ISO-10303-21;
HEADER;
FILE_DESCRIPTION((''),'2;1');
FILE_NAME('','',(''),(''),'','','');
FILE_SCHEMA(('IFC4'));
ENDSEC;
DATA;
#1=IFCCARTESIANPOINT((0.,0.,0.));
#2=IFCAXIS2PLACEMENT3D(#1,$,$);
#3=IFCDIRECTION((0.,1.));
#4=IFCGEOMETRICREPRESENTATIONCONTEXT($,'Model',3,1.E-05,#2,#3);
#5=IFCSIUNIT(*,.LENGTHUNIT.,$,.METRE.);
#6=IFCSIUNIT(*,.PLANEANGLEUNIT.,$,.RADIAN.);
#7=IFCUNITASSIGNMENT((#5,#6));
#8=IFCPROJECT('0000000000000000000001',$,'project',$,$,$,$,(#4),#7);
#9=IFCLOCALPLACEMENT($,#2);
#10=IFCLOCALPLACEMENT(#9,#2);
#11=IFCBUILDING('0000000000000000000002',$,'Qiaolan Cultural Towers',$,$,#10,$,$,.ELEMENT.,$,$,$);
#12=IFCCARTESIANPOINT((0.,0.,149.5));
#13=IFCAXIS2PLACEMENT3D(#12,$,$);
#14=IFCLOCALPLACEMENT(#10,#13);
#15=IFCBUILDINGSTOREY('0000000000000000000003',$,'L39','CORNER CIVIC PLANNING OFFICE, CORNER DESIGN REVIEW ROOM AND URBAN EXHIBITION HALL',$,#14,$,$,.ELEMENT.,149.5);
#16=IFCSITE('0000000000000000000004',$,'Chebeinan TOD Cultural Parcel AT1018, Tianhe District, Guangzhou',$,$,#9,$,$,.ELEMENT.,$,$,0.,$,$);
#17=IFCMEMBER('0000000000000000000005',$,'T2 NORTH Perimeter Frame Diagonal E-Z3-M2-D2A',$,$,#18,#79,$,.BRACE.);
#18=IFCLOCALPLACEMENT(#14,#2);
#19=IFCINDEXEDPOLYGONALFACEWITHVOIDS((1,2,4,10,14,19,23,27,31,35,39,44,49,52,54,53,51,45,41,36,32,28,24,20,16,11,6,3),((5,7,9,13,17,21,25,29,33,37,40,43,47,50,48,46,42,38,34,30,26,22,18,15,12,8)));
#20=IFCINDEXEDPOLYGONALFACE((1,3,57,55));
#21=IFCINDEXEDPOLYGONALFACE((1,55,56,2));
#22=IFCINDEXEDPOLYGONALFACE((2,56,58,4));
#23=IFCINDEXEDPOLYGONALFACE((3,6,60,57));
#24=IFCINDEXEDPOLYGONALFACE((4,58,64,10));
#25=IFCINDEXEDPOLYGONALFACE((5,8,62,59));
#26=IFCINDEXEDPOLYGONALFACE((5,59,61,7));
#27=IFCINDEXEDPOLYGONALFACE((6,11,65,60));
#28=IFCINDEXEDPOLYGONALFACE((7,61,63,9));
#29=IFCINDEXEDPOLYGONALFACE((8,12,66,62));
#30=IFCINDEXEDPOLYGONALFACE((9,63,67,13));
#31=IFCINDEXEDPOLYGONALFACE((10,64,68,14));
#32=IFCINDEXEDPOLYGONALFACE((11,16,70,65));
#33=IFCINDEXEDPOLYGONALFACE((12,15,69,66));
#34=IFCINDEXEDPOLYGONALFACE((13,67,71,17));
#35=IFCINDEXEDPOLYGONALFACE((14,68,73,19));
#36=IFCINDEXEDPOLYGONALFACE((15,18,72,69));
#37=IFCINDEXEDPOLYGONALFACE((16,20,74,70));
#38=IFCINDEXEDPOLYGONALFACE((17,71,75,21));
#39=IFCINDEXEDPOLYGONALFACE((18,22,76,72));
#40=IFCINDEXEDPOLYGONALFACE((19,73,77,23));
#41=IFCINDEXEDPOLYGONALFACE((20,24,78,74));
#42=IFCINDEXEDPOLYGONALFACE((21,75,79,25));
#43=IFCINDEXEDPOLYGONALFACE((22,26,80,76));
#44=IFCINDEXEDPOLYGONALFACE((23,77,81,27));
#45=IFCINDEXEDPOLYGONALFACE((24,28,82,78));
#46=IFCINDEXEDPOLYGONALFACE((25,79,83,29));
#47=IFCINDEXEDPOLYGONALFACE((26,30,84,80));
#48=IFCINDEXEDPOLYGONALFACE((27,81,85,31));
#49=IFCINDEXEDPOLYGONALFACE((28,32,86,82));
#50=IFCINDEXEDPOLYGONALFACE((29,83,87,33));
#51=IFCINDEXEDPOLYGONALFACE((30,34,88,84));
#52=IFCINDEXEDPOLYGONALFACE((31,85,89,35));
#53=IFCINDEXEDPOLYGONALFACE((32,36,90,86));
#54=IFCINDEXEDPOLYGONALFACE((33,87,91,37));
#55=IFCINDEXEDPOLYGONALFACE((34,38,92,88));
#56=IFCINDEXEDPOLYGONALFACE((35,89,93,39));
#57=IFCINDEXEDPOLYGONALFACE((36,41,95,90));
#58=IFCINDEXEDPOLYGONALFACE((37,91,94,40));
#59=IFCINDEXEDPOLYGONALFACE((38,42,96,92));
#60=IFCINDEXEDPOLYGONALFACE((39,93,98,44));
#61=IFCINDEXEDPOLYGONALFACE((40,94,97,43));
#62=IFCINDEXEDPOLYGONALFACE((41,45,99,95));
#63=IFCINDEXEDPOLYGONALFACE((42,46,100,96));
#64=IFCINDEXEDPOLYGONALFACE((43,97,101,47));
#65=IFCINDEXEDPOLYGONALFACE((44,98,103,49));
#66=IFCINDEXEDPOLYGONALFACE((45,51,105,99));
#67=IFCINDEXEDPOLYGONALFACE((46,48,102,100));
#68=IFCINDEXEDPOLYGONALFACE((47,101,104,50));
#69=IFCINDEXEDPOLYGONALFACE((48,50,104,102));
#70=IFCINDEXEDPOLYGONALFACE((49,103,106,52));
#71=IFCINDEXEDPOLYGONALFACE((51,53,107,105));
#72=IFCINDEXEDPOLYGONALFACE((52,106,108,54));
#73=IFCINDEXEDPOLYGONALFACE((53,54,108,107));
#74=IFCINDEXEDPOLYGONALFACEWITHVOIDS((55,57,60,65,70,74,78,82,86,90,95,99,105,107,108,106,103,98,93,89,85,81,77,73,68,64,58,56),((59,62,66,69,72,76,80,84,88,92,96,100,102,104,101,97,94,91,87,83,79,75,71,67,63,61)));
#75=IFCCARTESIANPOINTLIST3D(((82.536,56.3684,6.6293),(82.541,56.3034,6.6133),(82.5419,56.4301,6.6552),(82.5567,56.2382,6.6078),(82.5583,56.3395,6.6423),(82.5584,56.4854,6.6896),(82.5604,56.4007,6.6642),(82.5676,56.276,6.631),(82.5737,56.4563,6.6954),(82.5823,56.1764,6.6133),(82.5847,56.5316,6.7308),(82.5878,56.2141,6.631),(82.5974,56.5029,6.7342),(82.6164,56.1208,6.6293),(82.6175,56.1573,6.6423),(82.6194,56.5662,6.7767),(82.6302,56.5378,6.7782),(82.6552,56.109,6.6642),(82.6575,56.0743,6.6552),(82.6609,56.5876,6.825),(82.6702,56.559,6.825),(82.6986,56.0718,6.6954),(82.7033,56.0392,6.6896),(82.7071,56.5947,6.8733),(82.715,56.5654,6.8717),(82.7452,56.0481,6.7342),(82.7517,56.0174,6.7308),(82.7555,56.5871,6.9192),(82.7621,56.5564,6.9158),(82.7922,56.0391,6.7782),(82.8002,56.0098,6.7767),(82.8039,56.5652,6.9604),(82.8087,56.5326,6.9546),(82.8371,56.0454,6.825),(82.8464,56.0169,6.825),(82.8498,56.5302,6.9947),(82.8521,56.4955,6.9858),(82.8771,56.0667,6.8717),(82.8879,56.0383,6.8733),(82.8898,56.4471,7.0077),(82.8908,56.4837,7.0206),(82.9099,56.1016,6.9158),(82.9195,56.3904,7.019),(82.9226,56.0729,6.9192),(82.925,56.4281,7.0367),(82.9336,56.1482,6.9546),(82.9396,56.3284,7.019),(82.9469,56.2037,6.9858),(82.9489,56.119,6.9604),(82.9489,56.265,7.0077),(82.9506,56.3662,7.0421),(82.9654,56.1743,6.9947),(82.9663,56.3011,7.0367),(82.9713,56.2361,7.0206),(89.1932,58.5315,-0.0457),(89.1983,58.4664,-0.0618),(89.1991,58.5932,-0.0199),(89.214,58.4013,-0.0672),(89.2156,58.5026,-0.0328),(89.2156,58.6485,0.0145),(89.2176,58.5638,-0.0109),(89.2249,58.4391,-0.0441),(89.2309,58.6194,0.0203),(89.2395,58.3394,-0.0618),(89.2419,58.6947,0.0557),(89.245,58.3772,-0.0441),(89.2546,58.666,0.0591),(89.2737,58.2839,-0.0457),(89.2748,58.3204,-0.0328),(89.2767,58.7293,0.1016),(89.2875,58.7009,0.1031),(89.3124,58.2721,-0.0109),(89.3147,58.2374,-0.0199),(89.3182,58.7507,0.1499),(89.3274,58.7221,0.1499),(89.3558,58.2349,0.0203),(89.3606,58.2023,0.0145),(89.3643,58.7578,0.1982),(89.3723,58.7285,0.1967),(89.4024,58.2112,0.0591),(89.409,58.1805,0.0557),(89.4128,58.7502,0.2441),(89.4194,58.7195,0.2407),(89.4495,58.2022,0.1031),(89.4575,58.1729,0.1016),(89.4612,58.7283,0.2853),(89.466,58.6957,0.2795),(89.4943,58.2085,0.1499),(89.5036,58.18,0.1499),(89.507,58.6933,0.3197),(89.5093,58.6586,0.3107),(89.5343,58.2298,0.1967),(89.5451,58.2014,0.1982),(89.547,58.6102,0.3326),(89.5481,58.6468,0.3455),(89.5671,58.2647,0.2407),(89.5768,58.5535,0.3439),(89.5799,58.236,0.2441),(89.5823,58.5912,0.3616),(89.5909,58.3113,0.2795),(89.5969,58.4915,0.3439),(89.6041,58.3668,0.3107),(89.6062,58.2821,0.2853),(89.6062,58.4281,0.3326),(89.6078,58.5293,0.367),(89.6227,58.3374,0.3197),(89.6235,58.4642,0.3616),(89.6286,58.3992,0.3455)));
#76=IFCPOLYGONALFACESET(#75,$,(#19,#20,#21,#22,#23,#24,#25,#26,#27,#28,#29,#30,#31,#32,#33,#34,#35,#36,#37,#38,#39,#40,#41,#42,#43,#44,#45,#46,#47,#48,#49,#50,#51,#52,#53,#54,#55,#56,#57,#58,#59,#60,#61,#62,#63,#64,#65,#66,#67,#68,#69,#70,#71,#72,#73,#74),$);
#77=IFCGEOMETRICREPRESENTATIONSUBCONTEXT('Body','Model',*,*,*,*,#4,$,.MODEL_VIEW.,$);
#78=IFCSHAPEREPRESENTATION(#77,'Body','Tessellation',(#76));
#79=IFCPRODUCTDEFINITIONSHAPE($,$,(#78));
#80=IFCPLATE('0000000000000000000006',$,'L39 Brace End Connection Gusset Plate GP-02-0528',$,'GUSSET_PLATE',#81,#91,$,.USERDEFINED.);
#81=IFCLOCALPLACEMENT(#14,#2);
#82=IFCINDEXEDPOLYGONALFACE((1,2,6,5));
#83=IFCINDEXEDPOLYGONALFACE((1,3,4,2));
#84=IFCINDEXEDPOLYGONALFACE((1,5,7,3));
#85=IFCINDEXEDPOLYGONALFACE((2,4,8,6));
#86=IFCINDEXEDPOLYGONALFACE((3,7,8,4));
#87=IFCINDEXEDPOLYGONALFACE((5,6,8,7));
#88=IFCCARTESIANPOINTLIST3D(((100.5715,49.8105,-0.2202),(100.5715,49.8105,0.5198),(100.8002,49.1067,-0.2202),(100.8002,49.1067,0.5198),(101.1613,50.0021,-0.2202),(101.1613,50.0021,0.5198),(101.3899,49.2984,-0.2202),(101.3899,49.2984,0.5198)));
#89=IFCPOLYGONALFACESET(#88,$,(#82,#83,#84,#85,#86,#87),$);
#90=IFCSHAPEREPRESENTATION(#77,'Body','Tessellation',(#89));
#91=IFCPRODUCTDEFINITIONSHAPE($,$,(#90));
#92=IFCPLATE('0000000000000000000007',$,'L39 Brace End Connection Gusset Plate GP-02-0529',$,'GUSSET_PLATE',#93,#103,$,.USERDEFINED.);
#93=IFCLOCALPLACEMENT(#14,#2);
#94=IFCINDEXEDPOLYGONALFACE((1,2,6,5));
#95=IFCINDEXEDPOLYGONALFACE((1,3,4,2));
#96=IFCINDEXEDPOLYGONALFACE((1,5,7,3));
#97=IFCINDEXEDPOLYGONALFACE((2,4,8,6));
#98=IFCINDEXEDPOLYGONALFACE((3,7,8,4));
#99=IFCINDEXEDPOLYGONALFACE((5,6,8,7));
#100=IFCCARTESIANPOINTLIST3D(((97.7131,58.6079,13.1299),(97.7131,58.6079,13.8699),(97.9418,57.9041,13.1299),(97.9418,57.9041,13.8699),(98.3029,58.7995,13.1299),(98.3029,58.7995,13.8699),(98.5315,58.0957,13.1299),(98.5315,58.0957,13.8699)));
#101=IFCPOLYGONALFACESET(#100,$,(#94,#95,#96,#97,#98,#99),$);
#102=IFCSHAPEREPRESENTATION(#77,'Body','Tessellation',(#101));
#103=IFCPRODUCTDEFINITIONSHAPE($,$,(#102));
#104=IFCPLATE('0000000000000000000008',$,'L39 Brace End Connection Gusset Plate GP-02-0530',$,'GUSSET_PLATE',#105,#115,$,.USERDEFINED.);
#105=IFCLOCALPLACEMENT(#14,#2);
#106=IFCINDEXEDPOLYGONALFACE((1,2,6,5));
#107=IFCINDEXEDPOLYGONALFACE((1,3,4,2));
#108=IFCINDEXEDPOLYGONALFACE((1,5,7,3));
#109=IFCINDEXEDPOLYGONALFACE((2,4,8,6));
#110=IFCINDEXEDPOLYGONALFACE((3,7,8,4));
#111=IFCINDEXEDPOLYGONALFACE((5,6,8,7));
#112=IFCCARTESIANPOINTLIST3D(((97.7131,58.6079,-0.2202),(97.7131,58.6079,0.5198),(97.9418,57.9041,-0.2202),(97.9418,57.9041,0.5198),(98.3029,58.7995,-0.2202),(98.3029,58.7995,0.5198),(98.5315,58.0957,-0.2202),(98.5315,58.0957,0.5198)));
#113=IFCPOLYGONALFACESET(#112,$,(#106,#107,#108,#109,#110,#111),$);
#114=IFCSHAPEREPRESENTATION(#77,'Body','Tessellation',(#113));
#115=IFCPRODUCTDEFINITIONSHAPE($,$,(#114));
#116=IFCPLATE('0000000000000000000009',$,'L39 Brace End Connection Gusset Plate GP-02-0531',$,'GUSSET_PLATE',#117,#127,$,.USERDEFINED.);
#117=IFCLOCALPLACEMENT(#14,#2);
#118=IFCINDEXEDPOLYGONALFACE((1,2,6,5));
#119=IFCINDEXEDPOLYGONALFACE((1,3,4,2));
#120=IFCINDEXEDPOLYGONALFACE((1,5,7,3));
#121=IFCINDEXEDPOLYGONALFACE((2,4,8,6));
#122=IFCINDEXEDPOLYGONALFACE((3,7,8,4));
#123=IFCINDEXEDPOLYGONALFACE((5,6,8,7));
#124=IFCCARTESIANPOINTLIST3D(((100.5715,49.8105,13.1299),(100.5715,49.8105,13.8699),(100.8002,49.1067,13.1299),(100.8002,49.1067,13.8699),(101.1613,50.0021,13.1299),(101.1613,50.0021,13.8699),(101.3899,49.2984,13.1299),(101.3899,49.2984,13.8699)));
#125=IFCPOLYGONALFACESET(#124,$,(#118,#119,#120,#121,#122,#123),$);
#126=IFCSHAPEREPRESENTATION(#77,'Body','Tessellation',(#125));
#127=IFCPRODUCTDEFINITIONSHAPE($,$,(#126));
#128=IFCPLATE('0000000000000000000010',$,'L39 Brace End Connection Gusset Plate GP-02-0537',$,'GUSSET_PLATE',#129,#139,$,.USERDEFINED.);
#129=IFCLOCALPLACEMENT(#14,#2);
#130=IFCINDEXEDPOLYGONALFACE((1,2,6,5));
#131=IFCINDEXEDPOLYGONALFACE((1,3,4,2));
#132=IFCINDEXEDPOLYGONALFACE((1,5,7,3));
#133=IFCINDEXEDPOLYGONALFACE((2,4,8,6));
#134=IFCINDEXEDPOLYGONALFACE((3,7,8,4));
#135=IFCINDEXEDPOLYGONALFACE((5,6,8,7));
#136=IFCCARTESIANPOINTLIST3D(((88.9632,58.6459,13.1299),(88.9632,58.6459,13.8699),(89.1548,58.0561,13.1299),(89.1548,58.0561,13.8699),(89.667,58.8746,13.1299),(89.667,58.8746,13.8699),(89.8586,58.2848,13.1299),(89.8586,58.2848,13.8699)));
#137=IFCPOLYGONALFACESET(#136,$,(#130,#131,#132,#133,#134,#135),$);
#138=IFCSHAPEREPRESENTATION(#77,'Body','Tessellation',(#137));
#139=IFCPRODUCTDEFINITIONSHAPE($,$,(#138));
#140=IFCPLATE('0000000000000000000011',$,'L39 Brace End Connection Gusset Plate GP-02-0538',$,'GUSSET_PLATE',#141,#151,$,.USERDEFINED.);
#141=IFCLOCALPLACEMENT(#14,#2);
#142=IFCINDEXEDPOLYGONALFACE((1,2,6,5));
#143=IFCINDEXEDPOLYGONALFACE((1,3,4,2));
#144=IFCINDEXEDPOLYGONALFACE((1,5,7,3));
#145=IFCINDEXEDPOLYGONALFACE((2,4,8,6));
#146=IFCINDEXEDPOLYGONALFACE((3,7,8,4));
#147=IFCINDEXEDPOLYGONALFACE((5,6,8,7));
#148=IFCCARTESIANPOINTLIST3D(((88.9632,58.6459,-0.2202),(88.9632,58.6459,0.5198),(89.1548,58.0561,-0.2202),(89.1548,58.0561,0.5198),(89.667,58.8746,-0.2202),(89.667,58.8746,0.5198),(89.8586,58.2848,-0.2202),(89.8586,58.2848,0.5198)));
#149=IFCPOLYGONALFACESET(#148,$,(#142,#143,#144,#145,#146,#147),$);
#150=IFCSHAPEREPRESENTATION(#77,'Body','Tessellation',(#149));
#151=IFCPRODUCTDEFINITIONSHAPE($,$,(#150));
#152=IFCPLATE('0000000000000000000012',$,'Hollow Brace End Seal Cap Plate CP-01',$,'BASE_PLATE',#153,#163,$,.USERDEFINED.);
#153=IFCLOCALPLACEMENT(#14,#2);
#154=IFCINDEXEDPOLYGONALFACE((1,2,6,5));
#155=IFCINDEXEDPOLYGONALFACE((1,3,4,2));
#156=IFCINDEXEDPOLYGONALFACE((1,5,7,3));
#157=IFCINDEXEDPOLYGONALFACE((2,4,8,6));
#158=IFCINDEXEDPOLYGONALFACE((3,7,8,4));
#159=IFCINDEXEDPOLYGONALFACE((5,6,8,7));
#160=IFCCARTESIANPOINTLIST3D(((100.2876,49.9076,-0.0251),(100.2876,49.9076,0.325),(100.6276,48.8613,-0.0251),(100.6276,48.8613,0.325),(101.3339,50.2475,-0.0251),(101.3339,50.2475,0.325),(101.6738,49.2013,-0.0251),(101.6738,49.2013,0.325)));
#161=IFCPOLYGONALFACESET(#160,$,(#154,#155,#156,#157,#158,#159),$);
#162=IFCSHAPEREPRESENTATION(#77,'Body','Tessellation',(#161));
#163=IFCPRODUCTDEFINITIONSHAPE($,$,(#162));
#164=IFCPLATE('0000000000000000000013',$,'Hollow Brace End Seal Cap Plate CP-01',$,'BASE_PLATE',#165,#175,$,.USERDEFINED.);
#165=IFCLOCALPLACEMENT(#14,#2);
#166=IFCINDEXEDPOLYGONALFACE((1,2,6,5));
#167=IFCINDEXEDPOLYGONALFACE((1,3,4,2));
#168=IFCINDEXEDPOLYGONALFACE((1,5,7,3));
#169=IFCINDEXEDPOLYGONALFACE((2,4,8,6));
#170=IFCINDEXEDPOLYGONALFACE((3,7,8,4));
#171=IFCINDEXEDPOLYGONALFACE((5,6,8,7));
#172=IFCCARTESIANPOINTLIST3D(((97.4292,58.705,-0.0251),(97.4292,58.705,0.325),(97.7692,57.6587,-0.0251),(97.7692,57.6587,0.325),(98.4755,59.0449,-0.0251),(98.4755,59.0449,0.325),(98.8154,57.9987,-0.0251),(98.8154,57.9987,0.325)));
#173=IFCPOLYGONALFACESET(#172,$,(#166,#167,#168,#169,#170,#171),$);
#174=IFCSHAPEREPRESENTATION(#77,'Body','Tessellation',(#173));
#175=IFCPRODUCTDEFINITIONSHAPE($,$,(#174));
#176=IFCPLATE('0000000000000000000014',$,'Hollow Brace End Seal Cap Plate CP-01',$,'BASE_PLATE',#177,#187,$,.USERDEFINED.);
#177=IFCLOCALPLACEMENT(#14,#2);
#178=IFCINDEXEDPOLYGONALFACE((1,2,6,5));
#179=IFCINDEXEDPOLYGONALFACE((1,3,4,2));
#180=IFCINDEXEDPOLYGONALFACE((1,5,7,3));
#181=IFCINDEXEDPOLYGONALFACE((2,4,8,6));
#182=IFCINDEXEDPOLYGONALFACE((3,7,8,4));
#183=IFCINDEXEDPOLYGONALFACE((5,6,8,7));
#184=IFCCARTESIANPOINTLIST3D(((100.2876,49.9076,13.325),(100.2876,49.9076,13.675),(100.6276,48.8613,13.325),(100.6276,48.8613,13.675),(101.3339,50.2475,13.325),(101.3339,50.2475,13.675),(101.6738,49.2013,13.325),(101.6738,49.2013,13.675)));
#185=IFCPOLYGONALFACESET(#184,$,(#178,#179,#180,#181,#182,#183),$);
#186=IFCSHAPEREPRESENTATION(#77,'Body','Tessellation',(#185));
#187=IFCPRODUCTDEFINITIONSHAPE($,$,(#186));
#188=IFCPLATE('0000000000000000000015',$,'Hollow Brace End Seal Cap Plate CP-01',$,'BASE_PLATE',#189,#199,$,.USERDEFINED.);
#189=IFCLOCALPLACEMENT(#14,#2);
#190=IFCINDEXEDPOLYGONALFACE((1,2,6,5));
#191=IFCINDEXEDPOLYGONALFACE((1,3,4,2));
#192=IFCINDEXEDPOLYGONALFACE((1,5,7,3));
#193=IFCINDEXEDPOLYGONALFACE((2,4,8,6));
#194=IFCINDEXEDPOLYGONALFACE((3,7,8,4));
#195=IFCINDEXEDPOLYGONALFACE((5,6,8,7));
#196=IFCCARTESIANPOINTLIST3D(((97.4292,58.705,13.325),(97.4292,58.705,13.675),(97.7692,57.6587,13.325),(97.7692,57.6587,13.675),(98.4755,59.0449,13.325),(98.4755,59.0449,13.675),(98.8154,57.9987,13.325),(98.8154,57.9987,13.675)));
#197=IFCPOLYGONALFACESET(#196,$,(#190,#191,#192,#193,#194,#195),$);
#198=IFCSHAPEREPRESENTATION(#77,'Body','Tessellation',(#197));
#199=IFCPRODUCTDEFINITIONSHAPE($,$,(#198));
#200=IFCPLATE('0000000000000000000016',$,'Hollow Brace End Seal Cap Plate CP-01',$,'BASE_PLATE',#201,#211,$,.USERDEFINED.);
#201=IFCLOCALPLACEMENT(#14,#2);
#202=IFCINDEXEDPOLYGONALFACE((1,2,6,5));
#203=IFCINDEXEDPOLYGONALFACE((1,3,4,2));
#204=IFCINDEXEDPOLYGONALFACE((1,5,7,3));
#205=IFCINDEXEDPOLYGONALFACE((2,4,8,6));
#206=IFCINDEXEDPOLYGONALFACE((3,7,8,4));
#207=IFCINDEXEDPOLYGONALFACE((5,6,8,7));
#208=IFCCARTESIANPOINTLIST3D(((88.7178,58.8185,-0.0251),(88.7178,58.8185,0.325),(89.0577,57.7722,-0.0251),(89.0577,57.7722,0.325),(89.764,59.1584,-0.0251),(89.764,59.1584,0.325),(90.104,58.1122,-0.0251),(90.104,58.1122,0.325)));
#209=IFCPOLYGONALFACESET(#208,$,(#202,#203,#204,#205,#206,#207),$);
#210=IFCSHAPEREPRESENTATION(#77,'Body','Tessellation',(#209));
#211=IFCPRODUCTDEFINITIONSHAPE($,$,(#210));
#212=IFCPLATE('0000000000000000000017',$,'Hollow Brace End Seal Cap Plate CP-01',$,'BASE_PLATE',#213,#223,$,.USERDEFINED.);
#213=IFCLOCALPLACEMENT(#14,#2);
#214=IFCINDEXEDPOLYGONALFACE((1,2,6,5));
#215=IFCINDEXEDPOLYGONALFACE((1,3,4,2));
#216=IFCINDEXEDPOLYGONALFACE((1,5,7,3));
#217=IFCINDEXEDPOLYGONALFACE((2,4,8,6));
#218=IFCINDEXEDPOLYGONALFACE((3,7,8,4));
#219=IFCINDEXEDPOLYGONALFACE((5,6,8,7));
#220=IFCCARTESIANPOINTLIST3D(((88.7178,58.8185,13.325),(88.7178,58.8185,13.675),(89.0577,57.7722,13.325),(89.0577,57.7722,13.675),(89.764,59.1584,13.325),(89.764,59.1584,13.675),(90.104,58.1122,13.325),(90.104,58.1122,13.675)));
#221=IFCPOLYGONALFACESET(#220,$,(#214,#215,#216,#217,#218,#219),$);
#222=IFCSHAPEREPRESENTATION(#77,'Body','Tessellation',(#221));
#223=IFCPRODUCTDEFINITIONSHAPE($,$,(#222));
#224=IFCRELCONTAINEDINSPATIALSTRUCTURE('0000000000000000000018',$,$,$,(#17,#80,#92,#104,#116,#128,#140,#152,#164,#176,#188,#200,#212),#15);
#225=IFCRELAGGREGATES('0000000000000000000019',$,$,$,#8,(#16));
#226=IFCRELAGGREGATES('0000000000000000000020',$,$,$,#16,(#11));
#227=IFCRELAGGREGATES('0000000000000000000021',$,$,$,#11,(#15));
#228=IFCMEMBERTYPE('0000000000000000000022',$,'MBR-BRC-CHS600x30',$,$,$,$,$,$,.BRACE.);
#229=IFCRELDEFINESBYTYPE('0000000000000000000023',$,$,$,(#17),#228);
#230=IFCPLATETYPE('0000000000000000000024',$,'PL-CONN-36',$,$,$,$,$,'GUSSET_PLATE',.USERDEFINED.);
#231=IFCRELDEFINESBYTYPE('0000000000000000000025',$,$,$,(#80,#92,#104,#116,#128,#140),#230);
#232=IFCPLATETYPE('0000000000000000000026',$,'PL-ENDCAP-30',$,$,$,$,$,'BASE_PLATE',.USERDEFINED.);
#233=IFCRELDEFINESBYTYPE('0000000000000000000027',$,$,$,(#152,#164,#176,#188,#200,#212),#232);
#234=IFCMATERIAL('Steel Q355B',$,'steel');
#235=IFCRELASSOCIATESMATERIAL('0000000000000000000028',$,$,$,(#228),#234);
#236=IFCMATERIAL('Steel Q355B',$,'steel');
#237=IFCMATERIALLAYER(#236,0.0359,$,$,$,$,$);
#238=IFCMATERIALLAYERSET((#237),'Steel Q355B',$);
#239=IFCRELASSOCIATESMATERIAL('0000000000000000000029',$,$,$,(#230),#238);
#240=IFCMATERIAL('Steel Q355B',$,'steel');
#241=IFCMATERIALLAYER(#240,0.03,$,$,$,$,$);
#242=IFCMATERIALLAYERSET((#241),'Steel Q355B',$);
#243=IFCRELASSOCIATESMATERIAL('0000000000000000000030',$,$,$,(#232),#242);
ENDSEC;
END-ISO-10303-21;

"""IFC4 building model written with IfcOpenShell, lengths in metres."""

from ifc_helpers import new_model, si_unit, direction, frame, origin, origin_2d, place, context, subcontext, project, spatial, rectangle, hollow_circle, extrude, material, layer, layer_set, material_profile, profile_set, type_object, element, save


model = new_model("IFC4")

# Units and contexts
model_context = context("Model", 3, precision=1e-05, world=origin(), true_north=direction((0.0, 1.0)))
body_context = subcontext(model_context, "Body", "Model", "MODEL_VIEW")
ifc_project = project(units=[si_unit("LENGTHUNIT", "METRE"), si_unit("PLANEANGLEUNIT", "RADIAN")], contexts=[model_context])

# Site, building, storey
site_placement = place(None, origin())
site = spatial("IfcSite", under=ifc_project, at=site_placement, Name="Chebeinan TOD Cultural Parcel AT1018, Tianhe District, Guangzhou", CompositionType="ELEMENT", RefElevation=0.0)
building_placement = place(site_placement, origin())
building = spatial("IfcBuilding", under=site, at=building_placement, Name="Qiaolan Cultural Towers", CompositionType="ELEMENT")
storey_placement = place(building_placement, frame((0.0, 0.0, 149.5)))
storey = spatial("IfcBuildingStorey", under=building, at=storey_placement, Name="L39", Description="CORNER CIVIC PLANNING OFFICE, CORNER DESIGN REVIEW ROOM AND URBAN EXHIBITION HALL", CompositionType="ELEMENT", Elevation=149.5)

# Member
ifc_material_1 = material(Name="Steel Q355B", Category="steel")
ifc_material_profile_1 = material_profile(ifc_material_1, hollow_circle(Radius=0.3, WallThickness=0.03, at=origin_2d()), Name="CHS600x30")
ifc_profile_set_1 = profile_set([ifc_material_profile_1], Name="Steel Q355B")
member_type = type_object("IfcMemberType", Name="MBR-BRC-CHS600x30", PredefinedType="BRACE", material=ifc_profile_set_1)
member_placement = place(storey_placement, frame((89.4109, 58.4653, 0.1499), z_axis=(-0.688276, -0.223637, 0.690118), x_axis=(0.30902, -0.951056, 0.0)))
element("IfcMember", 1, at=member_placement, inside=storey, type_object=member_type, Name="T2 NORTH Perimeter Frame Diagonal E-Z3-M2-D2A", PredefinedType="BRACE", context=body_context, shape_type="SweptSolid", body=[
    extrude(hollow_circle(Radius=0.3, WallThickness=0.03, at=origin_2d()), origin(), (0.0, 0.0, 1.0), 9.6724),
])

# Plates
ifc_material_2 = material(Name="Steel Q355B", Category="steel")
ifc_layer_1 = layer(ifc_material_2, 0.0359)
ifc_layer_set_1 = layer_set([ifc_layer_1], Name="Steel Q355B")
plate_type_1 = type_object("IfcPlateType", Name="PL-CONN-36", ElementType="GUSSET_PLATE", PredefinedType="USERDEFINED", material=ifc_layer_set_1)
for number, where, z_axis, x_axis, name in (
    (2, (100.9807, 49.5544, -0.2202), (0.0, 0.0, 1.0), (-0.309017, 0.951057, 0.0), "L39 Brace End Connection Gusset Plate GP-02-0528"),
    (3, (98.1223, 58.3518, 13.1299), (0.0, 0.0, 1.0), (-0.309017, 0.951057, 0.0), "L39 Brace End Connection Gusset Plate GP-02-0529"),
    (4, (98.1223, 58.3518, -0.2202), (0.0, 0.0, 1.0), (-0.309017, 0.951057, 0.0), "L39 Brace End Connection Gusset Plate GP-02-0530"),
    (5, (100.9807, 49.5544, 13.1299), (0.0, 0.0, 1.0), (-0.309017, 0.951057, 0.0), "L39 Brace End Connection Gusset Plate GP-02-0531"),
    (6, (89.4109, 58.4653, 13.1299), (0.0, 0.0, 1.0), (0.951057, 0.309017, 0.0), "L39 Brace End Connection Gusset Plate GP-02-0537"),
    (7, (89.4109, 58.4653, -0.2202), (0.0, 0.0, 1.0), (0.951057, 0.309017, 0.0), "L39 Brace End Connection Gusset Plate GP-02-0538"),
):
    element("IfcPlate", number, at=place(storey_placement, frame(where, z_axis=z_axis, x_axis=x_axis)), inside=storey, type_object=plate_type_1, Name=name, ObjectType="GUSSET_PLATE", PredefinedType="USERDEFINED", context=body_context, shape_type="SweptSolid", body=[
        extrude(rectangle(XDim=0.74, YDim=0.6201, at=origin_2d()), origin(), (0.0, 0.0, 1.0), 0.74),
    ])
ifc_material_3 = material(Name="Steel Q355B", Category="steel")
ifc_layer_2 = layer(ifc_material_3, 0.03)
ifc_layer_set_2 = layer_set([ifc_layer_2], Name="Steel Q355B")
plate_type_2 = type_object("IfcPlateType", Name="PL-ENDCAP-30", ElementType="BASE_PLATE", PredefinedType="USERDEFINED", material=ifc_layer_set_2)
for number, where, z_axis, x_axis, name in (
    (8, (100.9807, 49.5544, -0.0251), (0.0, 0.0, 1.0), (-0.309017, 0.951057, 0.0), "Hollow Brace End Seal Cap Plate CP-01"),
    (9, (98.1223, 58.3518, -0.0251), (0.0, 0.0, 1.0), (-0.309017, 0.951057, 0.0), "Hollow Brace End Seal Cap Plate CP-01"),
    (10, (100.9807, 49.5544, 13.325), (0.0, 0.0, 1.0), (-0.309017, 0.951057, 0.0), "Hollow Brace End Seal Cap Plate CP-01"),
    (11, (98.1223, 58.3518, 13.325), (0.0, 0.0, 1.0), (-0.309017, 0.951057, 0.0), "Hollow Brace End Seal Cap Plate CP-01"),
    (12, (89.4109, 58.4653, -0.0251), (0.0, 0.0, 1.0), (0.951057, 0.309017, 0.0), "Hollow Brace End Seal Cap Plate CP-01"),
    (13, (89.4109, 58.4653, 13.325), (0.0, 0.0, 1.0), (0.951057, 0.309017, 0.0), "Hollow Brace End Seal Cap Plate CP-01"),
):
    element("IfcPlate", number, at=place(storey_placement, frame(where, z_axis=z_axis, x_axis=x_axis)), inside=storey, type_object=plate_type_2, Name=name, ObjectType="BASE_PLATE", PredefinedType="USERDEFINED", context=body_context, shape_type="SweptSolid", body=[
        extrude(rectangle(XDim=1.1001, YDim=1.1001, at=origin_2d()), origin(), (0.0, 0.0, 1.0), 0.3501),
    ])

save(model, "model.ifc")
